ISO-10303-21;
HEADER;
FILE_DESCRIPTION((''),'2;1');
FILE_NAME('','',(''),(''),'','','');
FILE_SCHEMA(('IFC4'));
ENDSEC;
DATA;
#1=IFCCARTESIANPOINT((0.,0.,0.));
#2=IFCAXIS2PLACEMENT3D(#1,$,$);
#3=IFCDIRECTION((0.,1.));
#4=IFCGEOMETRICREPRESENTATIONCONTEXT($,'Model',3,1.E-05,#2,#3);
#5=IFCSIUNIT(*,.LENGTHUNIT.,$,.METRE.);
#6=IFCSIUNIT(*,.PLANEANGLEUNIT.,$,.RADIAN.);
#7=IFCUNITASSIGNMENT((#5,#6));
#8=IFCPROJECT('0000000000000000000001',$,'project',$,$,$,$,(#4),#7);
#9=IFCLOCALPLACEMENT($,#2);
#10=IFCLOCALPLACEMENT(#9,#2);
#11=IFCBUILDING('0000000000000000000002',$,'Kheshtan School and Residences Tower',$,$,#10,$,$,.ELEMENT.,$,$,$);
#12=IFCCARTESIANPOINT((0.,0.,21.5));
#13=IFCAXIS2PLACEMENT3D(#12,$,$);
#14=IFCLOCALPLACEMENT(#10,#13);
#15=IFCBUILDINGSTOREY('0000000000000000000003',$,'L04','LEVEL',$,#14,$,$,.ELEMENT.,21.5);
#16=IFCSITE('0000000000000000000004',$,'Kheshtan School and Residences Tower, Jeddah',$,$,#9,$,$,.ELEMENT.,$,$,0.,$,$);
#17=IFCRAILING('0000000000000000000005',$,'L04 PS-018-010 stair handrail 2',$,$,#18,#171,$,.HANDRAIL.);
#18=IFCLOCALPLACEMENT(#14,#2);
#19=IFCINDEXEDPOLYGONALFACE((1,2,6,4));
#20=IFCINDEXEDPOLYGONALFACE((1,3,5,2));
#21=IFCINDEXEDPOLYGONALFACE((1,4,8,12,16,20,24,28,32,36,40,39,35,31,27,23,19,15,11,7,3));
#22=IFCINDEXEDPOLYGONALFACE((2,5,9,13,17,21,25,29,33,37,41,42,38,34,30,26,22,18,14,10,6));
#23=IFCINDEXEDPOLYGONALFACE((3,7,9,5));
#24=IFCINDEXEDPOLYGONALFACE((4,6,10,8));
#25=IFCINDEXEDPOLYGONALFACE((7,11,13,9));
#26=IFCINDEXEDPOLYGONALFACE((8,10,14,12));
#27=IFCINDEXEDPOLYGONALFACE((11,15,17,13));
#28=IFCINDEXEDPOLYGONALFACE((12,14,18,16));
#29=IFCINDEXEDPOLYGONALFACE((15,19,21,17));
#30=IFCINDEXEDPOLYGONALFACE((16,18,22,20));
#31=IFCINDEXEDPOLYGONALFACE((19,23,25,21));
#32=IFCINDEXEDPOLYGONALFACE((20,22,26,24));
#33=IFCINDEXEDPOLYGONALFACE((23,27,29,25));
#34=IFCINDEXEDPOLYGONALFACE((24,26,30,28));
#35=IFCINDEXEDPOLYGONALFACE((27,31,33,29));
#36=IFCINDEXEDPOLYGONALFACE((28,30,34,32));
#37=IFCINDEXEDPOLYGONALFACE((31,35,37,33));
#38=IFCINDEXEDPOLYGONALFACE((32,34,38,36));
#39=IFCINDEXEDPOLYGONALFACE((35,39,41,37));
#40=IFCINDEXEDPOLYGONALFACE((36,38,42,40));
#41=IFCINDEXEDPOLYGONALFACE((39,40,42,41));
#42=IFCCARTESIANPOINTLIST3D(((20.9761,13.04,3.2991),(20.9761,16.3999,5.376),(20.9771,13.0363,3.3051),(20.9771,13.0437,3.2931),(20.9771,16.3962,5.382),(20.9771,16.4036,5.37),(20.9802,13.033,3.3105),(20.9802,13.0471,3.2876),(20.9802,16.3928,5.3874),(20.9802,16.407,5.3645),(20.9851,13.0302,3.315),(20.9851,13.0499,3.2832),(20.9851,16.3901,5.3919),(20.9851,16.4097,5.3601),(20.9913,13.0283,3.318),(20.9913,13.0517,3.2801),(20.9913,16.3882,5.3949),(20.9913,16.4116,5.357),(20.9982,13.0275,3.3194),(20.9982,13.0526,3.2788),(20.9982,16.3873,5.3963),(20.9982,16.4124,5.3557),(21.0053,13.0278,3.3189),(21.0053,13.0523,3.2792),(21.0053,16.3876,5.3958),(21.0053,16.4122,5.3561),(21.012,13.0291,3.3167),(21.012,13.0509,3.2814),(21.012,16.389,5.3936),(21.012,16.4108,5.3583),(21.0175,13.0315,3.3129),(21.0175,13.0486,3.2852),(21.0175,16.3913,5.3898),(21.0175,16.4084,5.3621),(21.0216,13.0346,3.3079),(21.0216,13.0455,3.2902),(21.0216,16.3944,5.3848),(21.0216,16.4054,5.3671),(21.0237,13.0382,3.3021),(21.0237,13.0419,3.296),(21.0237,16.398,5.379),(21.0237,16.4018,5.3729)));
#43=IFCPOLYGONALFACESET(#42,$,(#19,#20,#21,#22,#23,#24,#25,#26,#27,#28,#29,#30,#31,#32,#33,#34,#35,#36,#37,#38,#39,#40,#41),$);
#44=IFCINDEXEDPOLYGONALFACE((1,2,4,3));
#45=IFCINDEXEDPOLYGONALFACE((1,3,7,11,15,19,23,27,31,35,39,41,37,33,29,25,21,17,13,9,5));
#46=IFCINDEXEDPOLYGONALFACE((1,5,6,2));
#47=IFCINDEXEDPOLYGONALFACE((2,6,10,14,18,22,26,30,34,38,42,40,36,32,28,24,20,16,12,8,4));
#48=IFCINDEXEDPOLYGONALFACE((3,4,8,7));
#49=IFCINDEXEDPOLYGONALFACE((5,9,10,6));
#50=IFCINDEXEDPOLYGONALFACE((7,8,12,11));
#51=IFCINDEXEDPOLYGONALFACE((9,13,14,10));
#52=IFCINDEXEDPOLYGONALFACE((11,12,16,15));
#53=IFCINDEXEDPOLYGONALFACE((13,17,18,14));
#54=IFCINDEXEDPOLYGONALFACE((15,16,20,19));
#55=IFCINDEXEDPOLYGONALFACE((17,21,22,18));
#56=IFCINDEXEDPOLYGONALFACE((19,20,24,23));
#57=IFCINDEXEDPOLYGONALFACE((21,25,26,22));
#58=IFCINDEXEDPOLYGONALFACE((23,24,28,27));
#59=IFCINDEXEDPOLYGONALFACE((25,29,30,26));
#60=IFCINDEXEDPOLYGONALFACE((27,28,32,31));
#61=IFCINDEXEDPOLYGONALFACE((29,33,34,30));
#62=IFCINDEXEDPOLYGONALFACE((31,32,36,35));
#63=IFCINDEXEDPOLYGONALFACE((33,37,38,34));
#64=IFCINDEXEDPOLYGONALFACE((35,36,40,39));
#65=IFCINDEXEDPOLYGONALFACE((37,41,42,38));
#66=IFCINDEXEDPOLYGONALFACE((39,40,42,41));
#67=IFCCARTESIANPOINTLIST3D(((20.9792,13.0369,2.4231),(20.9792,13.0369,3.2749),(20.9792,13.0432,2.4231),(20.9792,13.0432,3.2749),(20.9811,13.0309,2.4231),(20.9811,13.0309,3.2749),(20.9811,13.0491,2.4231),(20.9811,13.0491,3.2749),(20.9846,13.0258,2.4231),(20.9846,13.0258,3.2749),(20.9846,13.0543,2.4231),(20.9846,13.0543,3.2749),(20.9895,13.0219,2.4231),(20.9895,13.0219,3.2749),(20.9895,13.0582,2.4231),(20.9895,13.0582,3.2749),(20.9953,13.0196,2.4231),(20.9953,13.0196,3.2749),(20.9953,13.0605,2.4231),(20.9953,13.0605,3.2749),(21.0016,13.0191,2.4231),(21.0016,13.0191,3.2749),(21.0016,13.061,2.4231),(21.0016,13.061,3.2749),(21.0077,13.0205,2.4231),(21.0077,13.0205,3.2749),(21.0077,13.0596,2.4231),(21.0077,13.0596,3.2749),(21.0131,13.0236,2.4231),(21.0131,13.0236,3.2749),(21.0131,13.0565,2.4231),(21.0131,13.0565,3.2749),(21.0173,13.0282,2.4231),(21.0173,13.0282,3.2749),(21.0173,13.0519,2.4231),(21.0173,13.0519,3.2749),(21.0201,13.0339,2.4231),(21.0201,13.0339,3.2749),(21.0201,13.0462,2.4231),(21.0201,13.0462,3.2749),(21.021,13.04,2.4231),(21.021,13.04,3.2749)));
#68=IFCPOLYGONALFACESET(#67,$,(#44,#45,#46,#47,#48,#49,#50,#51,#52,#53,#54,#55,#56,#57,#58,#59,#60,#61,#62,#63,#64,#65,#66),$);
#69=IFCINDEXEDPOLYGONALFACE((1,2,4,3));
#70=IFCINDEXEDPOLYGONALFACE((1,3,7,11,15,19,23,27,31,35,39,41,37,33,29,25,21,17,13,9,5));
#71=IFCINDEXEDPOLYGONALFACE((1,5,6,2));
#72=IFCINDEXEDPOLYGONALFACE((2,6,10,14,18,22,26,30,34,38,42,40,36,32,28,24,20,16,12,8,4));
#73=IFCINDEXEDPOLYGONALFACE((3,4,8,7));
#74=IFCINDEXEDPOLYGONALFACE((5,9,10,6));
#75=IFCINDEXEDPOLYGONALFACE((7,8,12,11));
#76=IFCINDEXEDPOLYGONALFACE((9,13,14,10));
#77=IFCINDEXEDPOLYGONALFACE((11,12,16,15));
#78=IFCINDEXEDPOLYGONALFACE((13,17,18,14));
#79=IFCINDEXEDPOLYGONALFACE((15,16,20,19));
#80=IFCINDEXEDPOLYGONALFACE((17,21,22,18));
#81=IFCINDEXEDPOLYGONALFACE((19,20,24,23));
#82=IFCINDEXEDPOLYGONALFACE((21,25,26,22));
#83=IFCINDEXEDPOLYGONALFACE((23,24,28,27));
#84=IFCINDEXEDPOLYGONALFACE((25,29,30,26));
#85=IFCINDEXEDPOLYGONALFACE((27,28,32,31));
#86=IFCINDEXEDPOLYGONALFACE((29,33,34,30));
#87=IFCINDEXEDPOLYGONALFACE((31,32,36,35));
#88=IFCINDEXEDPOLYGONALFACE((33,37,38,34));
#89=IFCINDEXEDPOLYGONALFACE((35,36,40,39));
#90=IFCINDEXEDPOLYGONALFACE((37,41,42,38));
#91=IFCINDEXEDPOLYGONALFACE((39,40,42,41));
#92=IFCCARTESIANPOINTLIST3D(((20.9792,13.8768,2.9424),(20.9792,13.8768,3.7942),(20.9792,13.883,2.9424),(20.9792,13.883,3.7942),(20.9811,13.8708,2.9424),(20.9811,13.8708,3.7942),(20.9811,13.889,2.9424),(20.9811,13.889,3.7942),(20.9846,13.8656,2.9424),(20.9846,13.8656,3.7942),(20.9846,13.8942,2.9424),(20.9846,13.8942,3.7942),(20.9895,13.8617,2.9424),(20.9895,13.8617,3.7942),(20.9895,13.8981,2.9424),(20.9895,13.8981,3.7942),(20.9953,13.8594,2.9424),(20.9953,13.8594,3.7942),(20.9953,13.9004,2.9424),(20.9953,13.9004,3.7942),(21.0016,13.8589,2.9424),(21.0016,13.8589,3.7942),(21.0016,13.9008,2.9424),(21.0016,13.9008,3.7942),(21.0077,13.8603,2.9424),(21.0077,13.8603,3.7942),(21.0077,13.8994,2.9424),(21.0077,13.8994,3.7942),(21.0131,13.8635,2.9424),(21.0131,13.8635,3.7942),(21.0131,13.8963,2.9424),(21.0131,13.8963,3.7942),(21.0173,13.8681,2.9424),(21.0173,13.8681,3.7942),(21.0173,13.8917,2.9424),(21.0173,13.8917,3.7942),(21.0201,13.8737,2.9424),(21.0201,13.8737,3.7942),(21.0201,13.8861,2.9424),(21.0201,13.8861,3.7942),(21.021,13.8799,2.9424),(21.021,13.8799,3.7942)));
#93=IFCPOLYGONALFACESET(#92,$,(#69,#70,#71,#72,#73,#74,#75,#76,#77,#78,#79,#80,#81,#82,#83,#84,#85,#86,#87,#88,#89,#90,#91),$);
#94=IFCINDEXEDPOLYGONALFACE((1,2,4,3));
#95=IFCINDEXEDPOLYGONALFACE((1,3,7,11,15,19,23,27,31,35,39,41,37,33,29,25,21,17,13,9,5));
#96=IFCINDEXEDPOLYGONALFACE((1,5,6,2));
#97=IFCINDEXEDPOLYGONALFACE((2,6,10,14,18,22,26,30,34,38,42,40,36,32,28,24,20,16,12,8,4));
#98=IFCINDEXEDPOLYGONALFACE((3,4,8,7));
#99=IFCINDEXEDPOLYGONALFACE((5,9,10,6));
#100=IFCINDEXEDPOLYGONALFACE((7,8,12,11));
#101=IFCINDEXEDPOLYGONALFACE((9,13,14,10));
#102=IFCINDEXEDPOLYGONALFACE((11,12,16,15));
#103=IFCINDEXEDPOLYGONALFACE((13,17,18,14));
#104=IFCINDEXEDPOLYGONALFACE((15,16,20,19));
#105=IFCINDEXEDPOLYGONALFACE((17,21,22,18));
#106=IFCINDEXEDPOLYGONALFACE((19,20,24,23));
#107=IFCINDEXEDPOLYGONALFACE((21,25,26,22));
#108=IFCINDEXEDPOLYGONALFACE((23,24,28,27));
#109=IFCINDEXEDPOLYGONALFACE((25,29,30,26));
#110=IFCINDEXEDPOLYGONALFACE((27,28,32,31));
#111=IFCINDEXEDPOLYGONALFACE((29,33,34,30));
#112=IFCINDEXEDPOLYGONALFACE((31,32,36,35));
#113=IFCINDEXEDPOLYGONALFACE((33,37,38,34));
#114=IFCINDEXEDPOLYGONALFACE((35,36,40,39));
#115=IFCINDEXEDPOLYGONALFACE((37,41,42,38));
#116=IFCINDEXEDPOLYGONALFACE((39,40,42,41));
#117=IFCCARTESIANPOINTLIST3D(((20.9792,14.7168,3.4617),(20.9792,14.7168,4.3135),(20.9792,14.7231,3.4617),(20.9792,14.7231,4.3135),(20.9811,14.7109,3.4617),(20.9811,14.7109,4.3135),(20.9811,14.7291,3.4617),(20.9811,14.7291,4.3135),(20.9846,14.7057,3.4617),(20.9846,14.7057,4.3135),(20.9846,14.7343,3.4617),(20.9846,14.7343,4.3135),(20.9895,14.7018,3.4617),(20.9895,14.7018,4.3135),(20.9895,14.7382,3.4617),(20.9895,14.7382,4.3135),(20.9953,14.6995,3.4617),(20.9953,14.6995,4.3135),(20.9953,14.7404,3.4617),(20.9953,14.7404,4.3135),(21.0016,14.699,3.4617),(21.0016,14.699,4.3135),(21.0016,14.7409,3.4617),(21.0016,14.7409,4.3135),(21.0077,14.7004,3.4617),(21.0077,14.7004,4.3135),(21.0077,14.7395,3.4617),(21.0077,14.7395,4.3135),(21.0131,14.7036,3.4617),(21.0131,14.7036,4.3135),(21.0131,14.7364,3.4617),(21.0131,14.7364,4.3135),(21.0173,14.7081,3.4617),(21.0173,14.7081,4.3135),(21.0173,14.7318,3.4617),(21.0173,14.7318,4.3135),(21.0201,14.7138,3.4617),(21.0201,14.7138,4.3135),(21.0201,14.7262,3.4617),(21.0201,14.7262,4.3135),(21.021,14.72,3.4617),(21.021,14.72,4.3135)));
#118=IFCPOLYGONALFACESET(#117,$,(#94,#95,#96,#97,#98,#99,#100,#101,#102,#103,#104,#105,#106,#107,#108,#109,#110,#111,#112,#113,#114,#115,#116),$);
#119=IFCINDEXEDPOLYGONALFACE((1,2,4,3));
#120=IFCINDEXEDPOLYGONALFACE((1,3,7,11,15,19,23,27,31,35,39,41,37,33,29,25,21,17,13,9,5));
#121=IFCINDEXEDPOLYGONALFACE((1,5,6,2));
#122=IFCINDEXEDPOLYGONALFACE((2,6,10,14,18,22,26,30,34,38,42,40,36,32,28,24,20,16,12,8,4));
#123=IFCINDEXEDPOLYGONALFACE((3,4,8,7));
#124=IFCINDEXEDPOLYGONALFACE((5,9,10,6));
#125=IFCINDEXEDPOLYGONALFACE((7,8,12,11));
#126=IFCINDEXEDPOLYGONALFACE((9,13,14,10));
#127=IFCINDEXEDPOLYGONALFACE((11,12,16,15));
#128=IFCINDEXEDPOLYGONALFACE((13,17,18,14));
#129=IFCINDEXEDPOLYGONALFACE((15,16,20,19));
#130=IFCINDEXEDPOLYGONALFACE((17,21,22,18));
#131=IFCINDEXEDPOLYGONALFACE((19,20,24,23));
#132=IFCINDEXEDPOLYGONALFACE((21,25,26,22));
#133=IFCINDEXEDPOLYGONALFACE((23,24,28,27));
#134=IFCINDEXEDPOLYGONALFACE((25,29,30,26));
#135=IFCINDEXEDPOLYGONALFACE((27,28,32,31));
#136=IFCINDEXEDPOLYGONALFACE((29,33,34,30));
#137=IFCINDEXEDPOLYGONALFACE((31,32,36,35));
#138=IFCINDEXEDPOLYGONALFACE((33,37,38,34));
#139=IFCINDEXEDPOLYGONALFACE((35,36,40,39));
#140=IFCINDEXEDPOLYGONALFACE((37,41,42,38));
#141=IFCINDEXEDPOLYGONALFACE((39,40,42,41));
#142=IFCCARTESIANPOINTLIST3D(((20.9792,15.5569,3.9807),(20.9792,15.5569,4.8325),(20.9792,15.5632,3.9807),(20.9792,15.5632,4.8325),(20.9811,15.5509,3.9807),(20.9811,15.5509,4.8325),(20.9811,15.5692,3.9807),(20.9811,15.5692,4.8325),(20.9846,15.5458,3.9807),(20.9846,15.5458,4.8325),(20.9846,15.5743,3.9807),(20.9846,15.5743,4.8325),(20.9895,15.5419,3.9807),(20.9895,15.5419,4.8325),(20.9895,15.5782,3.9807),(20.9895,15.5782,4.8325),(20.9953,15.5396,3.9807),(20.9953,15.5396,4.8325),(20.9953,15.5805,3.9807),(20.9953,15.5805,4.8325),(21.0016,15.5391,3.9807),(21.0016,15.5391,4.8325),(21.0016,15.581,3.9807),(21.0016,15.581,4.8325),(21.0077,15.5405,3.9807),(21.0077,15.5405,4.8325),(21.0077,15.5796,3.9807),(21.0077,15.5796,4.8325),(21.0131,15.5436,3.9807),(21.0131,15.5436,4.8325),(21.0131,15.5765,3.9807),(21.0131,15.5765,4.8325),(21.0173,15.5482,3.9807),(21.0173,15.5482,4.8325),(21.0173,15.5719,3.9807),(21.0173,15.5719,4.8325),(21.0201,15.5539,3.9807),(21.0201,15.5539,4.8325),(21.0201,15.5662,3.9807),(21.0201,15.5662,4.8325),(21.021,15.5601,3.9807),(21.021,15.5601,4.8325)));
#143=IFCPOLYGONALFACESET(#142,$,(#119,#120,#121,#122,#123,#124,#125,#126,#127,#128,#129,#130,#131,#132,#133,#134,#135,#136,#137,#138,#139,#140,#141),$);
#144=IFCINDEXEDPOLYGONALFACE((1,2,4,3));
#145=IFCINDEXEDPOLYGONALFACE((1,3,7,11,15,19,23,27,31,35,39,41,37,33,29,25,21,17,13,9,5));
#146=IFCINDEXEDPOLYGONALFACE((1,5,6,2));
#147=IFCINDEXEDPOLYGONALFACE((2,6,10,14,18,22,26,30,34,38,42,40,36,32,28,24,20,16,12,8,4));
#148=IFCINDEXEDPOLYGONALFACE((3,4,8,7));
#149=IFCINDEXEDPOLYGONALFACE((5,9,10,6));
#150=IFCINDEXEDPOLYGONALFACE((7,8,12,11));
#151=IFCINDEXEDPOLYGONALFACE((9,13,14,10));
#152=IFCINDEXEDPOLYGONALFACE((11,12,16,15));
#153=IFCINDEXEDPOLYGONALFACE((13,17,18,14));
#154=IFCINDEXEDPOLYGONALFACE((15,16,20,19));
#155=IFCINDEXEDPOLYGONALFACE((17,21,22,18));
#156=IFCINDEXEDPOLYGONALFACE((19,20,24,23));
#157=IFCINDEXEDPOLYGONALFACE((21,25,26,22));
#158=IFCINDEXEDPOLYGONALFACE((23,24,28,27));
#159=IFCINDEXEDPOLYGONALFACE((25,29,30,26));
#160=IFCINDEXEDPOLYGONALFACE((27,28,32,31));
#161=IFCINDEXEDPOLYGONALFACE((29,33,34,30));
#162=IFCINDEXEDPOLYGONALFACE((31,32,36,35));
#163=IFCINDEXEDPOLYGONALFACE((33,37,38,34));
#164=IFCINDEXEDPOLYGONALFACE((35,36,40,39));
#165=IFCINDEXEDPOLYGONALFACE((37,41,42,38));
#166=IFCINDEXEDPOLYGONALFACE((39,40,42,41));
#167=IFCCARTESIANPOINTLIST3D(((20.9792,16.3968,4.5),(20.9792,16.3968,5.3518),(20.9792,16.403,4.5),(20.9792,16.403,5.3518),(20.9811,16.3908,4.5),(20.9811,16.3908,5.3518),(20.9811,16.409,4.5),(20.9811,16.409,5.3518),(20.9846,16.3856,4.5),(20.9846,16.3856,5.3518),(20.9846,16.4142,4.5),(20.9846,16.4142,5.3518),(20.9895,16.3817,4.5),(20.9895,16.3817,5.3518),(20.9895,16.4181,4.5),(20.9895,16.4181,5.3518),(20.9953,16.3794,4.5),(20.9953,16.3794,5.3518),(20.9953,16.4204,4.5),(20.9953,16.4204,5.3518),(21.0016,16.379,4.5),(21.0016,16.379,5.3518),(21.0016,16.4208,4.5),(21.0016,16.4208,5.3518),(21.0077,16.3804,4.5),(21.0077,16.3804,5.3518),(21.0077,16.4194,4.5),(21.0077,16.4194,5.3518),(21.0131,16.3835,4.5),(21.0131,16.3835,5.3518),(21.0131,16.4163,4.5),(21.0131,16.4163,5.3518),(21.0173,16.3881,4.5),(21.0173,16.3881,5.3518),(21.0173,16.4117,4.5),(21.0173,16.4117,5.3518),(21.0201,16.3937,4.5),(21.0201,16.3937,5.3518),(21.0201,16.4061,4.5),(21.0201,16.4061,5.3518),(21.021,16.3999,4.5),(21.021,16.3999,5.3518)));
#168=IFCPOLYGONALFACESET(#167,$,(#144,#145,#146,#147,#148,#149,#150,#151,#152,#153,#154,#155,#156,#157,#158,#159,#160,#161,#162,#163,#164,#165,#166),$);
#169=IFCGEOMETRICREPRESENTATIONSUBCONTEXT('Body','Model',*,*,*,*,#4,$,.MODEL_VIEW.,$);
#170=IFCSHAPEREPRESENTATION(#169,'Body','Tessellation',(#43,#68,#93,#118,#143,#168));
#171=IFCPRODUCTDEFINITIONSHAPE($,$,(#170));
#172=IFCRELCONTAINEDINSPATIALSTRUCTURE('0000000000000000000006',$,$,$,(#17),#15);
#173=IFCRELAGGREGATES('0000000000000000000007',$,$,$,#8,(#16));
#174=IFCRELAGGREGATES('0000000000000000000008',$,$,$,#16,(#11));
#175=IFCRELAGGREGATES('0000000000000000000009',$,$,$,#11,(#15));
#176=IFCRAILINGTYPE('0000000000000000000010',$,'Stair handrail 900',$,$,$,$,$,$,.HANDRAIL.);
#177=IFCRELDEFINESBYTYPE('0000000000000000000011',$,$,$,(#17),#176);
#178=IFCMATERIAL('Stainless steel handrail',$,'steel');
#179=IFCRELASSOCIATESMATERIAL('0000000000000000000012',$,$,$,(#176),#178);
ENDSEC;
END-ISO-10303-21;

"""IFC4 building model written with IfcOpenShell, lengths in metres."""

from ifc_helpers import new_model, si_unit, direction, frame, origin, origin_2d, place, context, subcontext, project, spatial, circle, extrude, material, type_object, element, save


model = new_model("IFC4")

# Units and contexts
model_context = context("Model", 3, precision=1e-05, world=origin(), true_north=direction((0.0, 1.0)))
body_context = subcontext(model_context, "Body", "Model", "MODEL_VIEW")
ifc_project = project(units=[si_unit("LENGTHUNIT", "METRE"), si_unit("PLANEANGLEUNIT", "RADIAN")], contexts=[model_context])

# Site, building, storey
site_placement = place(None, origin())
site = spatial("IfcSite", under=ifc_project, at=site_placement, Name="Kheshtan School and Residences Tower, Jeddah", CompositionType="ELEMENT", RefElevation=0.0)
building_placement = place(site_placement, origin())
building = spatial("IfcBuilding", under=site, at=building_placement, Name="Kheshtan School and Residences Tower", CompositionType="ELEMENT")
storey_placement = place(building_placement, frame((0.0, 0.0, 21.5)))
storey = spatial("IfcBuildingStorey", under=building, at=storey_placement, Name="L04", Description="LEVEL", CompositionType="ELEMENT", Elevation=21.5)

# Railing
ifc_material_1 = material(Name="Stainless steel handrail", Category="steel")
railing_type = type_object("IfcRailingType", Name="Stair handrail 900", PredefinedType="HANDRAIL", material=ifc_material_1)
railing_placement = place(storey_placement, frame((21.0, 13.04, 2.4231)))
element("IfcRailing", 1, at=railing_placement, inside=storey, type_object=railing_type, Name="L04 PS-018-010 stair handrail 2", PredefinedType="HANDRAIL", context=body_context, shape_type="SweptSolid", body=[
    extrude(circle(Radius=0.0239, at=origin_2d()), frame((0.0, 0.0, 0.876), z_axis=(0.0, 0.850606, 0.525803), x_axis=(-1.0, 0.0, 0.0)), (0.0, 0.0, 1.0), 3.95),
    extrude(circle(Radius=0.021, at=origin_2d()), origin(), (0.0, 0.0, 1.0), 0.8518),
    extrude(circle(Radius=0.021, at=origin_2d()), frame((0.0, 0.8398, 0.5193)), (0.0, 0.0, 1.0), 0.8518),
    extrude(circle(Radius=0.021, at=origin_2d()), frame((0.0, 1.6799, 1.0386)), (0.0, 0.0, 1.0), 0.8518),
    extrude(circle(Radius=0.021, at=origin_2d()), frame((0.0, 2.52, 1.5576)), (0.0, 0.0, 1.0), 0.8518),
    extrude(circle(Radius=0.021, at=origin_2d()), frame((0.0, 3.3599, 2.0769)), (0.0, 0.0, 1.0), 0.8518),
])

save(model, "model.ifc")
